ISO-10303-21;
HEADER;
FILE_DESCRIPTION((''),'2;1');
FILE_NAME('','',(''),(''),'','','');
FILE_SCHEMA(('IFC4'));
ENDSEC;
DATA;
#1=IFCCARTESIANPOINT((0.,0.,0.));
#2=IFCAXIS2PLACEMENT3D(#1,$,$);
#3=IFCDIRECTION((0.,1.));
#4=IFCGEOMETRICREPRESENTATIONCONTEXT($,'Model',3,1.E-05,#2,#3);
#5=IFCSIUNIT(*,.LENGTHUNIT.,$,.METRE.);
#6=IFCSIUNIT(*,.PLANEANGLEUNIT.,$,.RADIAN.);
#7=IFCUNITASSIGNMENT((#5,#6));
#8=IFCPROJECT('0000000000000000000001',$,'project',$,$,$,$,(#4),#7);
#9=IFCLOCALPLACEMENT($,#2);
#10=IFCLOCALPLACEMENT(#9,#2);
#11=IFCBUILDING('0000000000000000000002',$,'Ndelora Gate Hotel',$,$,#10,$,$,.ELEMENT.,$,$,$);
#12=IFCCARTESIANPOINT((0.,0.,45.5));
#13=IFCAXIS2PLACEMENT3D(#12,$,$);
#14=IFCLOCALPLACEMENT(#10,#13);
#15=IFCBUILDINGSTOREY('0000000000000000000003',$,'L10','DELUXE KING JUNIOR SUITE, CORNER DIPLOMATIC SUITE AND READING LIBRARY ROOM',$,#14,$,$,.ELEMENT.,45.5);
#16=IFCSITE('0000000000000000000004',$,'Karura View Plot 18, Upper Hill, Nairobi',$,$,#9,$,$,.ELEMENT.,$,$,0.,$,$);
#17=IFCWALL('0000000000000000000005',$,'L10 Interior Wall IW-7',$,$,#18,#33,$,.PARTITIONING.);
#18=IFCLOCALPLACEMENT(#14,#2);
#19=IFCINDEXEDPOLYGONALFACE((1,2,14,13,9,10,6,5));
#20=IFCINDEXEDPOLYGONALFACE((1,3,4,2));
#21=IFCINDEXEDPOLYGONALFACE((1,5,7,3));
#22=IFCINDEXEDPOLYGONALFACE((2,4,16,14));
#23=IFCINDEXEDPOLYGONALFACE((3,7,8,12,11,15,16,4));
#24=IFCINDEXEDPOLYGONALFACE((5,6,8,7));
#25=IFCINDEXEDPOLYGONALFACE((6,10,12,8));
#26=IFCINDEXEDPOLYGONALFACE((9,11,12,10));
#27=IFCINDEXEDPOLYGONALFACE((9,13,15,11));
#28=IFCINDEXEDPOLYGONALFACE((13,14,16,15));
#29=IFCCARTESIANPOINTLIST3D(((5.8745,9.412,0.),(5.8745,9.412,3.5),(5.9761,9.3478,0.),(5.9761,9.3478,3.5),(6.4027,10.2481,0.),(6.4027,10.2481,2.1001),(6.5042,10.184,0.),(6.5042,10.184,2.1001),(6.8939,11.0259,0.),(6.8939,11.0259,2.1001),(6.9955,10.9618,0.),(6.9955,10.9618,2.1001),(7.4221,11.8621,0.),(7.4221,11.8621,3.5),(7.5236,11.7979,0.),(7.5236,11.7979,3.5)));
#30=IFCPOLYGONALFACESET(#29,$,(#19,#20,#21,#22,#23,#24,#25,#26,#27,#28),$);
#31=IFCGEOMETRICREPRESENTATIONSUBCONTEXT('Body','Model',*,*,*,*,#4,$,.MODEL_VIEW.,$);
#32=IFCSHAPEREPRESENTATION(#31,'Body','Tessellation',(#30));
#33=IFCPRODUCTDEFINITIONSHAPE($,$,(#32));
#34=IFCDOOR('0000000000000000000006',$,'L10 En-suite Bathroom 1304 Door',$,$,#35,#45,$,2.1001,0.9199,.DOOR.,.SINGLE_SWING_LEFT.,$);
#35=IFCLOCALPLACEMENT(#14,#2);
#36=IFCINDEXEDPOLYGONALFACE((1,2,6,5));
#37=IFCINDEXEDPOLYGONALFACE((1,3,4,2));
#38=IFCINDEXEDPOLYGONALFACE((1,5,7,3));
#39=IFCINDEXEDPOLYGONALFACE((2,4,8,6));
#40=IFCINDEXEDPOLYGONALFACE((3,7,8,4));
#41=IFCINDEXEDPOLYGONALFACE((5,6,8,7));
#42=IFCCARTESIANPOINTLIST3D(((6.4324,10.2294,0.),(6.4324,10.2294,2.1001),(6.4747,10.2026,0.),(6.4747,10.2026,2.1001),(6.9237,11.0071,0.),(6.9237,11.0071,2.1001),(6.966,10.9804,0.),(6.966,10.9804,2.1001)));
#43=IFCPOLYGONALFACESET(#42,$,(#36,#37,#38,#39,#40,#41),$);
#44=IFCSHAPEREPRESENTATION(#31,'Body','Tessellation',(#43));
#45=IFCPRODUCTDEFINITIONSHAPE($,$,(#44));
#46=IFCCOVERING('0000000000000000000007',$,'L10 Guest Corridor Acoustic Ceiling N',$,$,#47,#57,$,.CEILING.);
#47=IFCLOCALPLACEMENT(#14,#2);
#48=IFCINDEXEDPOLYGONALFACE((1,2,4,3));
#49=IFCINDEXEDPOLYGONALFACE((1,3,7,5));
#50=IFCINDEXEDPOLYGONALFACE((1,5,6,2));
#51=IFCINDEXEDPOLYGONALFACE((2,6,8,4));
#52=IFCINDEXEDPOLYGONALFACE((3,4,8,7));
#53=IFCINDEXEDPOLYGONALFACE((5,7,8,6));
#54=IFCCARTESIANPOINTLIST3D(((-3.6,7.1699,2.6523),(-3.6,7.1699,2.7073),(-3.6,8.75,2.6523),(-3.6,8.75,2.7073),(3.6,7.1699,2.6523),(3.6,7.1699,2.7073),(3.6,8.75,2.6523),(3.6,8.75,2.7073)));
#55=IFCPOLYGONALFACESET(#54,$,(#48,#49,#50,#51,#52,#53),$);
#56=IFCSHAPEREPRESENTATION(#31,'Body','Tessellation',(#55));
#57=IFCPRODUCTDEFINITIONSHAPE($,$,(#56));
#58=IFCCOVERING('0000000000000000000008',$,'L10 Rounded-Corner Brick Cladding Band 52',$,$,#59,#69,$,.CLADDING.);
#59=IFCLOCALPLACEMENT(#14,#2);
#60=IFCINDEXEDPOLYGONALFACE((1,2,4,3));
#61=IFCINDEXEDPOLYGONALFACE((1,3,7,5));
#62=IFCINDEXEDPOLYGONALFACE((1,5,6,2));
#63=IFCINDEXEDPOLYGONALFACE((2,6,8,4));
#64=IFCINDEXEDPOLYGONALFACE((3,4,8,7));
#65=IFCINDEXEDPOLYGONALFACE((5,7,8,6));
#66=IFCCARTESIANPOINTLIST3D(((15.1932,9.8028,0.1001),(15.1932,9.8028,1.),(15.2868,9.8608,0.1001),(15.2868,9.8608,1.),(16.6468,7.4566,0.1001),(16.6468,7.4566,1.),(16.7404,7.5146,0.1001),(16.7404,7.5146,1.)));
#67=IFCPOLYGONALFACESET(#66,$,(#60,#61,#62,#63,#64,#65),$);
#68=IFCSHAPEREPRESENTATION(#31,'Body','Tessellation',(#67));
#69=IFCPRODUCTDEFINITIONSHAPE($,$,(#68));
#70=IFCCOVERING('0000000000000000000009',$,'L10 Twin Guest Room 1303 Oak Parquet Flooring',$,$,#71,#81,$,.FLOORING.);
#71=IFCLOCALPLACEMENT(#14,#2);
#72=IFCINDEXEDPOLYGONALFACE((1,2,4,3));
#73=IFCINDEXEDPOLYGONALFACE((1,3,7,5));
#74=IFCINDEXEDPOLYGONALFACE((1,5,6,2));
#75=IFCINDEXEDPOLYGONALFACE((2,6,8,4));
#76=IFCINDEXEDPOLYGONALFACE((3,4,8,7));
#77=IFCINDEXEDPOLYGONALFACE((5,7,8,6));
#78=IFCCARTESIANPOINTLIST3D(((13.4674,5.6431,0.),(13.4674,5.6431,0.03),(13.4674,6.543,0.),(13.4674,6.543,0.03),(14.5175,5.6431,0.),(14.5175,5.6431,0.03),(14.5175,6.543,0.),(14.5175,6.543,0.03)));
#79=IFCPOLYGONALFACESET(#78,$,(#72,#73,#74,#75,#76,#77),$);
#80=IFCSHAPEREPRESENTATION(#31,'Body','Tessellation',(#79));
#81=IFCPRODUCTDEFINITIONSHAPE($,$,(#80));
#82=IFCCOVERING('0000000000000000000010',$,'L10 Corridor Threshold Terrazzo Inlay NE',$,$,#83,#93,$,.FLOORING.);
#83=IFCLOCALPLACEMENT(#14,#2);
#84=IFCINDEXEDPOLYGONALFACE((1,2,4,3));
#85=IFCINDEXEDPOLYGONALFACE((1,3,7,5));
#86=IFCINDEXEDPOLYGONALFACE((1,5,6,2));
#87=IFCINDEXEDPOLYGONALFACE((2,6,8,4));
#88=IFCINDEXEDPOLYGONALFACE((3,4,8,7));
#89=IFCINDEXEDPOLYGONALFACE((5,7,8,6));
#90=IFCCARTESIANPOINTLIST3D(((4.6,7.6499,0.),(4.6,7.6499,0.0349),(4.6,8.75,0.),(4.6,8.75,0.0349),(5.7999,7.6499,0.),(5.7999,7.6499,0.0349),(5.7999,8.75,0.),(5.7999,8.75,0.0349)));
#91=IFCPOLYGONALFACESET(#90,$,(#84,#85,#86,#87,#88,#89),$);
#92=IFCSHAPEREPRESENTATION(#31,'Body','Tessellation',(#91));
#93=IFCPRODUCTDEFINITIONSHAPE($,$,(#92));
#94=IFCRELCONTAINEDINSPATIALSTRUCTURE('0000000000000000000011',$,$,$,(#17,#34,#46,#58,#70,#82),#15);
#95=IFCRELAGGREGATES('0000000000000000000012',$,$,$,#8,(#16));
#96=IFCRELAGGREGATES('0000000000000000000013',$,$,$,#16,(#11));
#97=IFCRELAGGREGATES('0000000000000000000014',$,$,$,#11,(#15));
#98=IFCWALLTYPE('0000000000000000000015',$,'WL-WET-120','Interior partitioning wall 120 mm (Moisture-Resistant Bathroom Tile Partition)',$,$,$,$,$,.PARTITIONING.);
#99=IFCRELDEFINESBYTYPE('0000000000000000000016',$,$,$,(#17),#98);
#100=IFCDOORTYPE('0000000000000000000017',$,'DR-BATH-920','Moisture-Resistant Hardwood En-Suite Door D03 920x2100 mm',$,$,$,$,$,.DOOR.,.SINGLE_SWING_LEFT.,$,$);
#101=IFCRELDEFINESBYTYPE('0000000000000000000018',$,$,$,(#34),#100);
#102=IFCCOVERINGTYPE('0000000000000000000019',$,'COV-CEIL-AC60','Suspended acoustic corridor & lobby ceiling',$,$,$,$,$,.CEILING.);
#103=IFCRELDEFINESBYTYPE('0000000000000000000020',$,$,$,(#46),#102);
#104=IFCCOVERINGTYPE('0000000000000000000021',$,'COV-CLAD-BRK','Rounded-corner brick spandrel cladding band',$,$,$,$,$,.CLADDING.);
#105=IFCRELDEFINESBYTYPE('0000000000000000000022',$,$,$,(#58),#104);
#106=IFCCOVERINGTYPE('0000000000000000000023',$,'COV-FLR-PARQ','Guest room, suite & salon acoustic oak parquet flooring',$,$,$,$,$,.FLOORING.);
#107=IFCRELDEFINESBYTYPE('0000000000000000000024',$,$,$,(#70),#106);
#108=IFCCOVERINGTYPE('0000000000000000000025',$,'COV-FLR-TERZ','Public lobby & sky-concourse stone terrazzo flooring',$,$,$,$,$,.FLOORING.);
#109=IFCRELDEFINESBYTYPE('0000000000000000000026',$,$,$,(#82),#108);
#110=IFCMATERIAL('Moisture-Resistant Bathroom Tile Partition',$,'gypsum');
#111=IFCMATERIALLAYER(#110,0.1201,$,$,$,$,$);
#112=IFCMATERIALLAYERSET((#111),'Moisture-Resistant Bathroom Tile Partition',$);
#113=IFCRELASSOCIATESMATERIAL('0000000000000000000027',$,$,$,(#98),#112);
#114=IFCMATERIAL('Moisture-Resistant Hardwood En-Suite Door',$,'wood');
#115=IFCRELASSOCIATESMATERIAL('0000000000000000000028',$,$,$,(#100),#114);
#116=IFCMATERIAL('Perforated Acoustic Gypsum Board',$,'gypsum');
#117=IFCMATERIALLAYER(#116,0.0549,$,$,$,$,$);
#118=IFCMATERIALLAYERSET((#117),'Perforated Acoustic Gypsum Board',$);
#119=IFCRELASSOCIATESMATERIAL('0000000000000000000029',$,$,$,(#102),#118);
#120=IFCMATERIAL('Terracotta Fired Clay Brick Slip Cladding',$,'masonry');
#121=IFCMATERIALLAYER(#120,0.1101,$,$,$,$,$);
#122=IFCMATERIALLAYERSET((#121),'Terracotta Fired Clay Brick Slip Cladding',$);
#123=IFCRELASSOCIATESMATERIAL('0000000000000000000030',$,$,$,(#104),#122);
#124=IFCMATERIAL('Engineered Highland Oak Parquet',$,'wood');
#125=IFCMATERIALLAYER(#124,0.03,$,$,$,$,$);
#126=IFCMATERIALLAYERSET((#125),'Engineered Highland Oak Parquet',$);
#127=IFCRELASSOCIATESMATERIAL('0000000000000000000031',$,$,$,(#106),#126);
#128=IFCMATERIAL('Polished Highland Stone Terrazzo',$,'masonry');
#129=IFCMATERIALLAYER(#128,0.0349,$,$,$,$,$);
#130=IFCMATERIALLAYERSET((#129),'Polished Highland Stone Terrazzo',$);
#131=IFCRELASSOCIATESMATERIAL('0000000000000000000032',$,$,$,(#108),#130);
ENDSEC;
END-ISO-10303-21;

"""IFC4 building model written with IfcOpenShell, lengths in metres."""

from ifc_helpers import new_model, si_unit, direction, frame, frame_2d, origin, origin_2d, place, context, subcontext, project, spatial, rectangle, extrude, material, layer, layer_set, type_object, element, fill, save


model = new_model("IFC4")

# Units and contexts
model_context = context("Model", 3, precision=1e-05, world=origin(), true_north=direction((0.0, 1.0)))
body_context = subcontext(model_context, "Body", "Model", "MODEL_VIEW")
ifc_project = project(units=[si_unit("LENGTHUNIT", "METRE"), si_unit("PLANEANGLEUNIT", "RADIAN")], contexts=[model_context])

# Site, building, storey
site_placement = place(None, origin())
site = spatial("IfcSite", under=ifc_project, at=site_placement, Name="Karura View Plot 18, Upper Hill, Nairobi", CompositionType="ELEMENT", RefElevation=0.0)
building_placement = place(site_placement, origin())
building = spatial("IfcBuilding", under=site, at=building_placement, Name="Ndelora Gate Hotel", CompositionType="ELEMENT")
storey_placement = place(building_placement, frame((0.0, 0.0, 45.5)))
storey = spatial("IfcBuildingStorey", under=building, at=storey_placement, Name="L10", Description="DELUXE KING JUNIOR SUITE, CORNER DIPLOMATIC SUITE AND READING LIBRARY ROOM", CompositionType="ELEMENT", Elevation=45.5)

# Wall, opening, door
ifc_material_1 = material(Name="Moisture-Resistant Bathroom Tile Partition", Category="gypsum")
ifc_layer_1 = layer(ifc_material_1, 0.1201)
ifc_layer_set_1 = layer_set([ifc_layer_1], Name="Moisture-Resistant Bathroom Tile Partition")
wall_type_1 = type_object("IfcWallType", Name="WL-WET-120", Description="Interior partitioning wall 120 mm (Moisture-Resistant Bathroom Tile Partition)", PredefinedType="PARTITIONING", material=ifc_layer_set_1)
ifc_material_2 = material(Name="Moisture-Resistant Hardwood En-Suite Door", Category="wood")
door_type_1 = type_object("IfcDoorType", Name="DR-BATH-920", Description="Moisture-Resistant Hardwood En-Suite Door D03 920x2100 mm", OperationType="SINGLE_SWING_LEFT", PredefinedType="DOOR", material=ifc_material_2)
wall_1_placement = place(storey_placement, frame((5.9253, 9.3799, 0.0), z_axis=(0.0, 0.0, 1.0), x_axis=(0.534022, 0.845471, 0.0)))
wall_1 = element("IfcWall", 1, at=wall_1_placement, inside=storey, type_object=wall_type_1, Name="L10 Interior Wall IW-7", PredefinedType="PARTITIONING", context=body_context, shape_type="SweptSolid", body=[
    extrude(rectangle(XDim=2.8979, YDim=0.1201, at=frame_2d((1.449, 0.0))), origin(), (0.0, 0.0, 1.0), 3.5),
])
opening_1_placement = place(wall_1_placement, frame((0.989, 0.0, 0.0)))
opening_1 = element("IfcOpeningElement", 2, at=opening_1_placement, cuts=wall_1, PredefinedType="OPENING", context=body_context, shape_type="SweptSolid", body=[
    extrude(rectangle(XDim=0.9199, YDim=2.1001, at=frame_2d((0.46, 1.05))), frame((0.0, 0.0701, 0.0), z_axis=(0.0, -1.0, 0.0), x_axis=(1.0, 0.0, 0.0)), (0.0, 0.0, 1.0), 0.1401),
])
door_1_placement = place(opening_1_placement, origin())
door_1 = element("IfcDoor", 3, at=door_1_placement, inside=storey, type_object=door_type_1, Name="L10 En-suite Bathroom 1304 Door", OperationType="SINGLE_SWING_LEFT", OverallHeight=2.1001, OverallWidth=0.9199, PredefinedType="DOOR", context=body_context, shape_type="SweptSolid", body=[
    extrude(rectangle(XDim=0.9199, YDim=2.1001, at=frame_2d((0.46, 1.05))), frame((0.0, 0.0249, 0.0), z_axis=(0.0, -1.0, 0.0), x_axis=(1.0, 0.0, 0.0)), (0.0, 0.0, 1.0), 0.05),
])
fill(opening_1, door_1)

# Coverings
ifc_material_3 = material(Name="Perforated Acoustic Gypsum Board", Category="gypsum")
ifc_layer_2 = layer(ifc_material_3, 0.0549)
ifc_layer_set_2 = layer_set([ifc_layer_2], Name="Perforated Acoustic Gypsum Board")
covering_type_1 = type_object("IfcCoveringType", Name="COV-CEIL-AC60", Description="Suspended acoustic corridor & lobby ceiling", PredefinedType="CEILING", material=ifc_layer_set_2)
covering_1_placement = place(storey_placement, frame((0.0, 7.96, 2.6523), z_axis=(0.0, 0.0, 1.0), x_axis=(1.0, 0.0, 0.0)))
element("IfcCovering", 4, at=covering_1_placement, inside=storey, type_object=covering_type_1, Name="L10 Guest Corridor Acoustic Ceiling N", PredefinedType="CEILING", context=body_context, shape_type="SweptSolid", body=[
    extrude(rectangle(XDim=7.2, YDim=1.5801, at=origin_2d()), origin(), (0.0, 0.0, 1.0), 0.0549),
])
ifc_material_4 = material(Name="Terracotta Fired Clay Brick Slip Cladding", Category="masonry")
ifc_layer_3 = layer(ifc_material_4, 0.1101)
ifc_layer_set_3 = layer_set([ifc_layer_3], Name="Terracotta Fired Clay Brick Slip Cladding")
covering_type_2 = type_object("IfcCoveringType", Name="COV-CLAD-BRK", Description="Rounded-corner brick spandrel cladding band", PredefinedType="CLADDING", material=ifc_layer_set_3)
covering_2_placement = place(storey_placement, frame((15.9668, 8.6587, 0.1001), z_axis=(0.0, 0.0, 1.0), x_axis=(-0.526659, 0.850077, 0.0)))
element("IfcCovering", 5, at=covering_2_placement, inside=storey, type_object=covering_type_2, Name="L10 Rounded-Corner Brick Cladding Band 52", PredefinedType="CLADDING", context=body_context, shape_type="SweptSolid", body=[
    extrude(rectangle(XDim=2.76, YDim=0.1101, at=origin_2d()), origin(), (0.0, 0.0, 1.0), 0.8999),
])
ifc_material_5 = material(Name="Engineered Highland Oak Parquet", Category="wood")
ifc_layer_4 = layer(ifc_material_5, 0.03)
ifc_layer_set_4 = layer_set([ifc_layer_4], Name="Engineered Highland Oak Parquet")
covering_type_3 = type_object("IfcCoveringType", Name="COV-FLR-PARQ", Description="Guest room, suite & salon acoustic oak parquet flooring", PredefinedType="FLOORING", material=ifc_layer_set_4)
covering_3_placement = place(storey_placement, frame((13.9924, 6.093, 0.0), z_axis=(0.0, 0.0, 1.0), x_axis=(1.0, 0.0, 0.0)))
element("IfcCovering", 6, at=covering_3_placement, inside=storey, type_object=covering_type_3, Name="L10 Twin Guest Room 1303 Oak Parquet Flooring", PredefinedType="FLOORING", context=body_context, shape_type="SweptSolid", body=[
    extrude(rectangle(XDim=1.05, YDim=0.8999, at=origin_2d()), origin(), (0.0, 0.0, 1.0), 0.03),
])
ifc_material_6 = material(Name="Polished Highland Stone Terrazzo", Category="masonry")
ifc_layer_5 = layer(ifc_material_6, 0.0349)
ifc_layer_set_5 = layer_set([ifc_layer_5], Name="Polished Highland Stone Terrazzo")
covering_type_4 = type_object("IfcCoveringType", Name="COV-FLR-TERZ", Description="Public lobby & sky-concourse stone terrazzo flooring", PredefinedType="FLOORING", material=ifc_layer_set_5)
covering_4_placement = place(storey_placement, frame((5.2, 8.2, 0.0), z_axis=(0.0, 0.0, 1.0), x_axis=(1.0, 0.0, 0.0)))
element("IfcCovering", 7, at=covering_4_placement, inside=storey, type_object=covering_type_4, Name="L10 Corridor Threshold Terrazzo Inlay NE", PredefinedType="FLOORING", context=body_context, shape_type="SweptSolid", body=[
    extrude(rectangle(XDim=1.2, YDim=1.1001, at=origin_2d()), origin(), (0.0, 0.0, 1.0), 0.0349),
])

save(model, "model.ifc")
